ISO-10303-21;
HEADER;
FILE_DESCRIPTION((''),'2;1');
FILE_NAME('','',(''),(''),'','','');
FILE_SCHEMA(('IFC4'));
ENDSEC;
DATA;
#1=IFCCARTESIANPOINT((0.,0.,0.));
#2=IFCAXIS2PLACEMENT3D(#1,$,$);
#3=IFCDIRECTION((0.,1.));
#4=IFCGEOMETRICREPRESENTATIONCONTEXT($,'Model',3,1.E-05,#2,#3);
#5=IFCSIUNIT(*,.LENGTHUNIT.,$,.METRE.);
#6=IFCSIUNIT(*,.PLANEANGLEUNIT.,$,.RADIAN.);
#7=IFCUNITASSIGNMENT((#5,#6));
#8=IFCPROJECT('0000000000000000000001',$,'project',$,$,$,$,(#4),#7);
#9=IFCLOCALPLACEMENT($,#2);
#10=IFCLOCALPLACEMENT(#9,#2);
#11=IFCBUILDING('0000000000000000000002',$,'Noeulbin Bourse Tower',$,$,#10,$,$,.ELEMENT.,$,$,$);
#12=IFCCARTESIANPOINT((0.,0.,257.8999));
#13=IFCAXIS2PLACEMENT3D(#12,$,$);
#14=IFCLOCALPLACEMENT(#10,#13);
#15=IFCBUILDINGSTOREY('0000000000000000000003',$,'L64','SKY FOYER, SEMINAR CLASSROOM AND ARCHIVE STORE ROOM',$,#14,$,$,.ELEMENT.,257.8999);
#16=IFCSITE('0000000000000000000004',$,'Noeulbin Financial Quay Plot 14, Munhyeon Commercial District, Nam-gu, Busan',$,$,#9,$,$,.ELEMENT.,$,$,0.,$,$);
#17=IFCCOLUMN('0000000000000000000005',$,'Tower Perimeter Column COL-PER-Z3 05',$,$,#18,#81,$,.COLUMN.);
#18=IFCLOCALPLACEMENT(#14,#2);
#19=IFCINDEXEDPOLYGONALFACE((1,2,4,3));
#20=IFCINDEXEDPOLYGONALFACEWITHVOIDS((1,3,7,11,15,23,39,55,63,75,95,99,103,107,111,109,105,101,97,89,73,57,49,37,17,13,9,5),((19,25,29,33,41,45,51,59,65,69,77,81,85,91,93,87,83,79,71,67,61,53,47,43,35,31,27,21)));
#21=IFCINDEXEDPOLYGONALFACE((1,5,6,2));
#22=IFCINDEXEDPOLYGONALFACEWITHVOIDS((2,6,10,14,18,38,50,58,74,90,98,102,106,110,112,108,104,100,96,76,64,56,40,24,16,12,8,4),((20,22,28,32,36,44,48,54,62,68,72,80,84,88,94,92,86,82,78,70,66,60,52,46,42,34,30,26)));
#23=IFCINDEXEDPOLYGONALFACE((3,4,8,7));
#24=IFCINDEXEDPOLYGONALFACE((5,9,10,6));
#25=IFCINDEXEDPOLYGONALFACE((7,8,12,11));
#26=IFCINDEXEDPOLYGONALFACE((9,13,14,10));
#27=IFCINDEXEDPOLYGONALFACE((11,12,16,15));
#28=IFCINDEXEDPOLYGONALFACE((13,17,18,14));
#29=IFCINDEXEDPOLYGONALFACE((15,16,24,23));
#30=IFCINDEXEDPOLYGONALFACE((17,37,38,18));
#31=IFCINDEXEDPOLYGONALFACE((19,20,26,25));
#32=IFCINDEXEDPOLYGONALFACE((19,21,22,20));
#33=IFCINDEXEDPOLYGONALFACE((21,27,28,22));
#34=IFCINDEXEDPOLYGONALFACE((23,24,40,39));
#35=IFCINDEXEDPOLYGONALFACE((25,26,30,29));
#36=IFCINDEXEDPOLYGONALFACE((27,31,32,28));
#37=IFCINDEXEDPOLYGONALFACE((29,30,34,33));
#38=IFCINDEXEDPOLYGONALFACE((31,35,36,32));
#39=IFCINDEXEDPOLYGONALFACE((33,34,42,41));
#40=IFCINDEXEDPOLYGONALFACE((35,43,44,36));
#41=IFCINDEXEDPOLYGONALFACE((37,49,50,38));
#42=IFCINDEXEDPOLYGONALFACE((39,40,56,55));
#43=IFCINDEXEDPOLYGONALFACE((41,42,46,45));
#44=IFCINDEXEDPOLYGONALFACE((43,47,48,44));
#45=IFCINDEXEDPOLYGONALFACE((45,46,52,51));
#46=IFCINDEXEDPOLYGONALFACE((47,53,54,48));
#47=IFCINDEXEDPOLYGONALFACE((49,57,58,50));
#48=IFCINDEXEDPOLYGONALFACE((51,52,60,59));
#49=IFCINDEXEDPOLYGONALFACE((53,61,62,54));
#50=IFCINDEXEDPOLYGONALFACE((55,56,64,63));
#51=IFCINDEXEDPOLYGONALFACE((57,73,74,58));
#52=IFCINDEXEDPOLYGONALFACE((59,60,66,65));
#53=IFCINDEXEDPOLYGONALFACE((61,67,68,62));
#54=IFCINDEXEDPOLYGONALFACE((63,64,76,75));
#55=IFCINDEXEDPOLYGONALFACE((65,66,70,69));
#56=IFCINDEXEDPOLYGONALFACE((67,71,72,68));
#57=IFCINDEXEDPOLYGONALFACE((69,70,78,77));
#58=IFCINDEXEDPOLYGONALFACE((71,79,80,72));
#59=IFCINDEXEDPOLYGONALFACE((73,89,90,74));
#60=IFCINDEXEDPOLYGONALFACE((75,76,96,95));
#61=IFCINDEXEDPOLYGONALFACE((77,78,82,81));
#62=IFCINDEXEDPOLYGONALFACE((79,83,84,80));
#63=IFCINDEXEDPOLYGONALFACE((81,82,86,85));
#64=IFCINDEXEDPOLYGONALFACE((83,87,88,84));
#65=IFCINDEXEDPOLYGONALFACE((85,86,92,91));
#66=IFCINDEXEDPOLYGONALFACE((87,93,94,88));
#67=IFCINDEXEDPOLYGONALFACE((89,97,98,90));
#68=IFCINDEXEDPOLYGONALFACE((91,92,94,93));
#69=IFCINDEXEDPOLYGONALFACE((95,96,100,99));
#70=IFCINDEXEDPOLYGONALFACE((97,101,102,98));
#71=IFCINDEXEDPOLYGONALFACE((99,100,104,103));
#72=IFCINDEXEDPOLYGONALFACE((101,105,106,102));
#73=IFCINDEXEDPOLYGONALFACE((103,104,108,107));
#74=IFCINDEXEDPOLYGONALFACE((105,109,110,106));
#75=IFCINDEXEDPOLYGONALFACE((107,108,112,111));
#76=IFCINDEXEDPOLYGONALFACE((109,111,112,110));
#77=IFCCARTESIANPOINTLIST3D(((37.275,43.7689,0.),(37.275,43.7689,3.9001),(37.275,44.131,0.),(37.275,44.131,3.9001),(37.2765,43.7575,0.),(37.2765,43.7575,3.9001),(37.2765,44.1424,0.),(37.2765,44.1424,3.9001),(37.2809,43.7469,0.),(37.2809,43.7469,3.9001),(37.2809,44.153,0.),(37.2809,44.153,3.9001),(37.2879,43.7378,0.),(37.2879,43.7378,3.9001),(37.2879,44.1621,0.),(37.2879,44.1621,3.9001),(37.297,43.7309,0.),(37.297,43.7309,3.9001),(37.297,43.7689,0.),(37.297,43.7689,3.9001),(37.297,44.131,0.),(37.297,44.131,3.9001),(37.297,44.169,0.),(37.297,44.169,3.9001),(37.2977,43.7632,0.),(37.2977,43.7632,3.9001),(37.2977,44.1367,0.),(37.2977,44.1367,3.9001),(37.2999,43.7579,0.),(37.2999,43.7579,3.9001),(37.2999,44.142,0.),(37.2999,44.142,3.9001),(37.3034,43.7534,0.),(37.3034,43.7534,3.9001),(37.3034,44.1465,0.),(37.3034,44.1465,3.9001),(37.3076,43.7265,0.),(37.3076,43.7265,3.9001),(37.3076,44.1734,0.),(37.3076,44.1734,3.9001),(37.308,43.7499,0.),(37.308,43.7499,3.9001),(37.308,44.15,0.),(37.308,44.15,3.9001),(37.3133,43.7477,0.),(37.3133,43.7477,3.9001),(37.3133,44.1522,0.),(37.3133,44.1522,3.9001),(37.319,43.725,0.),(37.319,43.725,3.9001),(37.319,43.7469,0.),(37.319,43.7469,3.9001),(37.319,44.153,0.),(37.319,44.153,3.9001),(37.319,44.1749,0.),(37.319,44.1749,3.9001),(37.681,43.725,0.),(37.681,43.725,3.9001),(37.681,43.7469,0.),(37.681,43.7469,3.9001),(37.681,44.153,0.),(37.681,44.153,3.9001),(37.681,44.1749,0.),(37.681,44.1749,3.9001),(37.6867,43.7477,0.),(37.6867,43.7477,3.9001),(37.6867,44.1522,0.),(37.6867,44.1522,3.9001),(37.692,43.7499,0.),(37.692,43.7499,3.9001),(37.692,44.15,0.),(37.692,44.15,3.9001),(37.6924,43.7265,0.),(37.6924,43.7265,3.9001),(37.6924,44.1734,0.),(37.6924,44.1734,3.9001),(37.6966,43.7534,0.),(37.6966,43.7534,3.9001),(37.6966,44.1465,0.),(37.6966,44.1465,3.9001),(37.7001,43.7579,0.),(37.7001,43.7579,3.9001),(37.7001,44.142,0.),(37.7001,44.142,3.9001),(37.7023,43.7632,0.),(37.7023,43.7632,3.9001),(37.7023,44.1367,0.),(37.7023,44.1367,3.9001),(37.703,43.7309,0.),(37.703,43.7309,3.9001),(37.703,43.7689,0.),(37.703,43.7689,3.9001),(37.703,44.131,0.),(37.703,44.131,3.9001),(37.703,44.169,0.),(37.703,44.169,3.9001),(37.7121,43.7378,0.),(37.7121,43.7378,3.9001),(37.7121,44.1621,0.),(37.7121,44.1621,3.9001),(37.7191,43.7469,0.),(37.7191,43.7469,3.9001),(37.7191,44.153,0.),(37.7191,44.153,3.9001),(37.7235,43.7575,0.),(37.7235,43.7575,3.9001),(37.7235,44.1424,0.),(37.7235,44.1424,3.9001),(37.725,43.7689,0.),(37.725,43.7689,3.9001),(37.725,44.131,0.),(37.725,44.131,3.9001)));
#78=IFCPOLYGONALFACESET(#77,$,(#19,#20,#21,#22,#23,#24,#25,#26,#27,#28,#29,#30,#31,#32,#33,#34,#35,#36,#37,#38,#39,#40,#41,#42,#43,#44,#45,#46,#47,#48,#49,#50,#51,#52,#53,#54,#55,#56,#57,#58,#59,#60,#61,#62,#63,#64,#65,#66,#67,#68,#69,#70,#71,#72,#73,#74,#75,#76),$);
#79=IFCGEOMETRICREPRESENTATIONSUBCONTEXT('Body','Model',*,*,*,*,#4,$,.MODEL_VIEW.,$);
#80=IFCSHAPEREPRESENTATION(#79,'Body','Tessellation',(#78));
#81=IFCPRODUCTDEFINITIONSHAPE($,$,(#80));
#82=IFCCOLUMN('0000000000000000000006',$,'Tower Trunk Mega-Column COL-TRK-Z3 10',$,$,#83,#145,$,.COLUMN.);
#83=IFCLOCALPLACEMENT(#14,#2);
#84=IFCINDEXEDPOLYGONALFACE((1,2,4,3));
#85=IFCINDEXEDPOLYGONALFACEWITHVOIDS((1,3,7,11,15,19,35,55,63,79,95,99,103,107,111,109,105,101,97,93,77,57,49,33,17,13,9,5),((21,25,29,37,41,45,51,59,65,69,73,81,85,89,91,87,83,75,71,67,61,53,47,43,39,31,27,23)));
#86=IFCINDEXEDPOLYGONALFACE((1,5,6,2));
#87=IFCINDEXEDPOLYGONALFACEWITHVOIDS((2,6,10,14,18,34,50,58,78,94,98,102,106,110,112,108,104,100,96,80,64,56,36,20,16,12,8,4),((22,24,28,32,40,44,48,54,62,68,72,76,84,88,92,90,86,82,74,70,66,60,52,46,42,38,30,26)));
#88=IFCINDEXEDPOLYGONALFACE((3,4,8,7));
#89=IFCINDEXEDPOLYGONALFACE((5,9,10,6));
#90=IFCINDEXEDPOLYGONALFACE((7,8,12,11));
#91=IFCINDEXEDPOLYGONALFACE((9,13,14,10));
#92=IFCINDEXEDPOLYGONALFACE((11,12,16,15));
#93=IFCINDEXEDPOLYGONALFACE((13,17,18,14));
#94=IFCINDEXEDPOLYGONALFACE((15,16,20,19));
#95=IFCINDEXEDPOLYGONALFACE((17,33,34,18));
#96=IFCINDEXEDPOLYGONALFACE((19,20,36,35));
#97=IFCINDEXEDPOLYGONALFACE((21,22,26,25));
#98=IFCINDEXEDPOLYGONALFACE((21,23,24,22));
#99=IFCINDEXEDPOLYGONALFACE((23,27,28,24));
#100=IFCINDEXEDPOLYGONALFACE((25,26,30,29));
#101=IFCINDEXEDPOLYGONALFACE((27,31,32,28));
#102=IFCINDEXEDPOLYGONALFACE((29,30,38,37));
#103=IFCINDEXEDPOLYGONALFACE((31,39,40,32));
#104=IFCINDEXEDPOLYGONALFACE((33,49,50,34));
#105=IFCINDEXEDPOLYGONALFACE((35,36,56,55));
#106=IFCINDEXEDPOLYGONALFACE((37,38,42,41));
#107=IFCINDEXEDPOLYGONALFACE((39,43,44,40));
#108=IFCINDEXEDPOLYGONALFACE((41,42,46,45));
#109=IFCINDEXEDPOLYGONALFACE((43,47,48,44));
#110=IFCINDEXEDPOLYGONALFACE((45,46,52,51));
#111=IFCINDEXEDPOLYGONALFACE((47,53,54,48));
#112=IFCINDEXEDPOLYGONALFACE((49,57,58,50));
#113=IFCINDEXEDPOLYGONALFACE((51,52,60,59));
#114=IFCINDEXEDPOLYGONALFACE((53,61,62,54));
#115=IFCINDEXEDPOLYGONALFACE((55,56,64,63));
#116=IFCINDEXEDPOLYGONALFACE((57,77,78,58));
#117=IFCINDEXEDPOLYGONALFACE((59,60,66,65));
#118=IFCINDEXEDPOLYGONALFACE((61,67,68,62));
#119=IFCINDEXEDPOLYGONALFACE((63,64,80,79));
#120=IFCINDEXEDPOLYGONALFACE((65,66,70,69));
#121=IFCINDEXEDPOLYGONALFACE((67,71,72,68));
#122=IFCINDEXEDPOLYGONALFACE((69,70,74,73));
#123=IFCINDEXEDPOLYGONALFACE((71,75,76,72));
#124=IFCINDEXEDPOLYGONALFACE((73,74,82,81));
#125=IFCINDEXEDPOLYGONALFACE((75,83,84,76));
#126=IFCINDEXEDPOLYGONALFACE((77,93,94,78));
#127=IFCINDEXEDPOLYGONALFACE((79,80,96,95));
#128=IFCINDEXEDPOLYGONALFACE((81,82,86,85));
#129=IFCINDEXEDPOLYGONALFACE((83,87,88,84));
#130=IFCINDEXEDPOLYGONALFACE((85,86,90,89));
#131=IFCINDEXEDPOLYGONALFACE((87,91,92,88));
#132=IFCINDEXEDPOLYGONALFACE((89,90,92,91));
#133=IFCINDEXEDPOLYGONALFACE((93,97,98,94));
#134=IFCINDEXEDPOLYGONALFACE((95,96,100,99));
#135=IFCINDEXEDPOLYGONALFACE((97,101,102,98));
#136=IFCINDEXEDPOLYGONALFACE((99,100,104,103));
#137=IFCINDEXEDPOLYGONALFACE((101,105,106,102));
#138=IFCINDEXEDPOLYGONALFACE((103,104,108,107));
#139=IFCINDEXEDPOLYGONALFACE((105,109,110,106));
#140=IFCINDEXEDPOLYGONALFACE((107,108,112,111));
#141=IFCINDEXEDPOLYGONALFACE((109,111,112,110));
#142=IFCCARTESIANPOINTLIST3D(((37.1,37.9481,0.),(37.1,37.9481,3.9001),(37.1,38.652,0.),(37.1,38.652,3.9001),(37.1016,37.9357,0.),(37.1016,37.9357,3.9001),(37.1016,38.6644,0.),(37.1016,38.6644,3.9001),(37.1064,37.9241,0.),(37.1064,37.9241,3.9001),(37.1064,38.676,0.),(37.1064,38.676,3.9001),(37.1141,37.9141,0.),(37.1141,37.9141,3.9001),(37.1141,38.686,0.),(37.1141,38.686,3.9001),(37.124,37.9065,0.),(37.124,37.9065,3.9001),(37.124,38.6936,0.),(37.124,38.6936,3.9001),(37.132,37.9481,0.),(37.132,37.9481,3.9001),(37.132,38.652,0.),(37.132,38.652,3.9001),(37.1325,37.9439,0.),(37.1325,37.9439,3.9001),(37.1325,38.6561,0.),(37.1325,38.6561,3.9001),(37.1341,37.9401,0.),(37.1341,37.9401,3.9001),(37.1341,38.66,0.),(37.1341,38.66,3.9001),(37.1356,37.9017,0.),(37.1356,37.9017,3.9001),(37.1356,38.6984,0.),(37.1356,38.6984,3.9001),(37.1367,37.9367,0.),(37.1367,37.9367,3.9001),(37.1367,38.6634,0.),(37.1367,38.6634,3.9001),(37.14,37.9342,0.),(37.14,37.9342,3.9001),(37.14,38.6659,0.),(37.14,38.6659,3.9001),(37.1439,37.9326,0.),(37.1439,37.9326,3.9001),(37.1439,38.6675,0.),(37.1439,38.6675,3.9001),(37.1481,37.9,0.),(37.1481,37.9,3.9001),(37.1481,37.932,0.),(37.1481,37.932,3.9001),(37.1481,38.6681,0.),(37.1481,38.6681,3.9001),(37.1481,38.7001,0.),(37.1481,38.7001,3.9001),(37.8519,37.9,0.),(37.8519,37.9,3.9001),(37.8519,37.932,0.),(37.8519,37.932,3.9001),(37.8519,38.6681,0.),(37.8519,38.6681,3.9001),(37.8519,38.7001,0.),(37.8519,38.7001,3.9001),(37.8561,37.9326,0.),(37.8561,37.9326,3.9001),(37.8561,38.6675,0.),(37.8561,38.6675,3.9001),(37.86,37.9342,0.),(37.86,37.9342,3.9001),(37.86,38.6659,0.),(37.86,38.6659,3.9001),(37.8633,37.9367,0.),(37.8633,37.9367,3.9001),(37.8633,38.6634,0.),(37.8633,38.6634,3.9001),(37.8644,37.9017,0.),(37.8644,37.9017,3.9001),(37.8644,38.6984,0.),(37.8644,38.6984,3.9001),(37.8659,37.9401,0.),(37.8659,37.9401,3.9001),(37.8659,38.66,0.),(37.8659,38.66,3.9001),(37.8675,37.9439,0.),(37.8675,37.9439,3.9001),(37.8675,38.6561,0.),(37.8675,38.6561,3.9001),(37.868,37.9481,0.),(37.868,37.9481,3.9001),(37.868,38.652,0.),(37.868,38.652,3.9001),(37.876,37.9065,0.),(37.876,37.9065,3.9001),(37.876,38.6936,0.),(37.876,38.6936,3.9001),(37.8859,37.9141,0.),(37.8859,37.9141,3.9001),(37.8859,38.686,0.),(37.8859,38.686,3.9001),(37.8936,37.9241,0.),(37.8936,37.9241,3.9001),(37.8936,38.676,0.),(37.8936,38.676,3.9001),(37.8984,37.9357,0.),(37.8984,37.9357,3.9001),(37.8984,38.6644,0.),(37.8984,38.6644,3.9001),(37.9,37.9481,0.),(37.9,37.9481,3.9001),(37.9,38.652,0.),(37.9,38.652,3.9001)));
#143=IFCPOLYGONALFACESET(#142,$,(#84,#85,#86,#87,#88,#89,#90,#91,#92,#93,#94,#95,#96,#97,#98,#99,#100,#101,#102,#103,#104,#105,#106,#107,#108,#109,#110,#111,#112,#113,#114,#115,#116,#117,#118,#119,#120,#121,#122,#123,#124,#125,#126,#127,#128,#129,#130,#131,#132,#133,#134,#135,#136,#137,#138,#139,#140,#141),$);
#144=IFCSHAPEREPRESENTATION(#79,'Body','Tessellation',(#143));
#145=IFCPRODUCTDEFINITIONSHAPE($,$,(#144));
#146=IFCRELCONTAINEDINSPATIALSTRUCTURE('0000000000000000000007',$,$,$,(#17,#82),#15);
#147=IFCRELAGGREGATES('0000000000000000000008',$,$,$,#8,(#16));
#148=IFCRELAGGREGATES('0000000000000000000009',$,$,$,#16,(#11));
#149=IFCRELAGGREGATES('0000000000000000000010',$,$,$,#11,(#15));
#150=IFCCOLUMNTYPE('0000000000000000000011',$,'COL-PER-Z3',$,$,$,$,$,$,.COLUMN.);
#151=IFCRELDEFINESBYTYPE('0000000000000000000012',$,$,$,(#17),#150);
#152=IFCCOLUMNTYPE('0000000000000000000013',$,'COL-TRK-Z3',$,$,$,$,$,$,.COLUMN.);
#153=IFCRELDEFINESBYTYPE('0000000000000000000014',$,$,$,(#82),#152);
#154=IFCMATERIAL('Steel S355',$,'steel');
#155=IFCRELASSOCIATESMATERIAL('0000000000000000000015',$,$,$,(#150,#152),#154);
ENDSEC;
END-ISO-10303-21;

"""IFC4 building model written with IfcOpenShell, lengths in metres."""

from ifc_helpers import new_model, si_unit, direction, frame, origin, origin_2d, place, context, subcontext, project, spatial, hollow_rectangle, extrude, material, material_profile, profile_set, type_object, element, save


model = new_model("IFC4")

# Units and contexts
model_context = context("Model", 3, precision=1e-05, world=origin(), true_north=direction((0.0, 1.0)))
body_context = subcontext(model_context, "Body", "Model", "MODEL_VIEW")
ifc_project = project(units=[si_unit("LENGTHUNIT", "METRE"), si_unit("PLANEANGLEUNIT", "RADIAN")], contexts=[model_context])

# Site, building, storey
site_placement = place(None, origin())
site = spatial("IfcSite", under=ifc_project, at=site_placement, Name="Noeulbin Financial Quay Plot 14, Munhyeon Commercial District, Nam-gu, Busan", CompositionType="ELEMENT", RefElevation=0.0)
building_placement = place(site_placement, origin())
building = spatial("IfcBuilding", under=site, at=building_placement, Name="Noeulbin Bourse Tower", CompositionType="ELEMENT")
storey_placement = place(building_placement, frame((0.0, 0.0, 257.8999)))
storey = spatial("IfcBuildingStorey", under=building, at=storey_placement, Name="L64", Description="SKY FOYER, SEMINAR CLASSROOM AND ARCHIVE STORE ROOM", CompositionType="ELEMENT", Elevation=257.8999)

# Columns
ifc_material_1 = material(Name="Steel S355", Category="steel")
ifc_material_profile_1 = material_profile(ifc_material_1, hollow_rectangle(XDim=0.45, YDim=0.45, WallThickness=0.022, InnerFilletRadius=0.022, OuterFilletRadius=0.0439, at=origin_2d()), Name="SHS-450x450x22", Category="LoadBearing")
ifc_profile_set_1 = profile_set([ifc_material_profile_1], Name="Steel S355")
column_type_1 = type_object("IfcColumnType", Name="COL-PER-Z3", PredefinedType="COLUMN", material=ifc_profile_set_1)
column_placement = place(storey_placement, frame((37.5, 43.95, 0.0), z_axis=(0.0, 0.0, 1.0), x_axis=(1.0, 0.0, 0.0)))
element("IfcColumn", 1, at=column_placement, inside=storey, type_object=column_type_1, Name="Tower Perimeter Column COL-PER-Z3 05", PredefinedType="COLUMN", context=body_context, shape_type="SweptSolid", body=[
    extrude(hollow_rectangle(XDim=0.45, YDim=0.45, WallThickness=0.022, InnerFilletRadius=0.022, OuterFilletRadius=0.0439, at=origin_2d()), origin(), (0.0, 0.0, 1.0), 3.9001),
])
ifc_material_profile_2 = material_profile(ifc_material_1, hollow_rectangle(XDim=0.8, YDim=0.8, WallThickness=0.032, InnerFilletRadius=0.0161, OuterFilletRadius=0.0481, at=origin_2d()), Name="BOX-800x800x32", Category="LoadBearing")
ifc_profile_set_2 = profile_set([ifc_material_profile_2], Name="Steel S355")
column_type_2 = type_object("IfcColumnType", Name="COL-TRK-Z3", PredefinedType="COLUMN", material=ifc_profile_set_2)
for number, where, z_axis, x_axis, name in (
    (2, (37.5, 38.3, 0.0), (0.0, 0.0, 1.0), (1.0, 0.0, 0.0), "Tower Trunk Mega-Column COL-TRK-Z3 10"),
):
    element("IfcColumn", number, at=place(storey_placement, frame(where, z_axis=z_axis, x_axis=x_axis)), inside=storey, type_object=column_type_2, Name=name, PredefinedType="COLUMN", context=body_context, shape_type="SweptSolid", body=[
        extrude(hollow_rectangle(XDim=0.8, YDim=0.8, WallThickness=0.032, InnerFilletRadius=0.0161, OuterFilletRadius=0.0481, at=origin_2d()), origin(), (0.0, 0.0, 1.0), 3.9001),
    ])

save(model, "model.ifc")
